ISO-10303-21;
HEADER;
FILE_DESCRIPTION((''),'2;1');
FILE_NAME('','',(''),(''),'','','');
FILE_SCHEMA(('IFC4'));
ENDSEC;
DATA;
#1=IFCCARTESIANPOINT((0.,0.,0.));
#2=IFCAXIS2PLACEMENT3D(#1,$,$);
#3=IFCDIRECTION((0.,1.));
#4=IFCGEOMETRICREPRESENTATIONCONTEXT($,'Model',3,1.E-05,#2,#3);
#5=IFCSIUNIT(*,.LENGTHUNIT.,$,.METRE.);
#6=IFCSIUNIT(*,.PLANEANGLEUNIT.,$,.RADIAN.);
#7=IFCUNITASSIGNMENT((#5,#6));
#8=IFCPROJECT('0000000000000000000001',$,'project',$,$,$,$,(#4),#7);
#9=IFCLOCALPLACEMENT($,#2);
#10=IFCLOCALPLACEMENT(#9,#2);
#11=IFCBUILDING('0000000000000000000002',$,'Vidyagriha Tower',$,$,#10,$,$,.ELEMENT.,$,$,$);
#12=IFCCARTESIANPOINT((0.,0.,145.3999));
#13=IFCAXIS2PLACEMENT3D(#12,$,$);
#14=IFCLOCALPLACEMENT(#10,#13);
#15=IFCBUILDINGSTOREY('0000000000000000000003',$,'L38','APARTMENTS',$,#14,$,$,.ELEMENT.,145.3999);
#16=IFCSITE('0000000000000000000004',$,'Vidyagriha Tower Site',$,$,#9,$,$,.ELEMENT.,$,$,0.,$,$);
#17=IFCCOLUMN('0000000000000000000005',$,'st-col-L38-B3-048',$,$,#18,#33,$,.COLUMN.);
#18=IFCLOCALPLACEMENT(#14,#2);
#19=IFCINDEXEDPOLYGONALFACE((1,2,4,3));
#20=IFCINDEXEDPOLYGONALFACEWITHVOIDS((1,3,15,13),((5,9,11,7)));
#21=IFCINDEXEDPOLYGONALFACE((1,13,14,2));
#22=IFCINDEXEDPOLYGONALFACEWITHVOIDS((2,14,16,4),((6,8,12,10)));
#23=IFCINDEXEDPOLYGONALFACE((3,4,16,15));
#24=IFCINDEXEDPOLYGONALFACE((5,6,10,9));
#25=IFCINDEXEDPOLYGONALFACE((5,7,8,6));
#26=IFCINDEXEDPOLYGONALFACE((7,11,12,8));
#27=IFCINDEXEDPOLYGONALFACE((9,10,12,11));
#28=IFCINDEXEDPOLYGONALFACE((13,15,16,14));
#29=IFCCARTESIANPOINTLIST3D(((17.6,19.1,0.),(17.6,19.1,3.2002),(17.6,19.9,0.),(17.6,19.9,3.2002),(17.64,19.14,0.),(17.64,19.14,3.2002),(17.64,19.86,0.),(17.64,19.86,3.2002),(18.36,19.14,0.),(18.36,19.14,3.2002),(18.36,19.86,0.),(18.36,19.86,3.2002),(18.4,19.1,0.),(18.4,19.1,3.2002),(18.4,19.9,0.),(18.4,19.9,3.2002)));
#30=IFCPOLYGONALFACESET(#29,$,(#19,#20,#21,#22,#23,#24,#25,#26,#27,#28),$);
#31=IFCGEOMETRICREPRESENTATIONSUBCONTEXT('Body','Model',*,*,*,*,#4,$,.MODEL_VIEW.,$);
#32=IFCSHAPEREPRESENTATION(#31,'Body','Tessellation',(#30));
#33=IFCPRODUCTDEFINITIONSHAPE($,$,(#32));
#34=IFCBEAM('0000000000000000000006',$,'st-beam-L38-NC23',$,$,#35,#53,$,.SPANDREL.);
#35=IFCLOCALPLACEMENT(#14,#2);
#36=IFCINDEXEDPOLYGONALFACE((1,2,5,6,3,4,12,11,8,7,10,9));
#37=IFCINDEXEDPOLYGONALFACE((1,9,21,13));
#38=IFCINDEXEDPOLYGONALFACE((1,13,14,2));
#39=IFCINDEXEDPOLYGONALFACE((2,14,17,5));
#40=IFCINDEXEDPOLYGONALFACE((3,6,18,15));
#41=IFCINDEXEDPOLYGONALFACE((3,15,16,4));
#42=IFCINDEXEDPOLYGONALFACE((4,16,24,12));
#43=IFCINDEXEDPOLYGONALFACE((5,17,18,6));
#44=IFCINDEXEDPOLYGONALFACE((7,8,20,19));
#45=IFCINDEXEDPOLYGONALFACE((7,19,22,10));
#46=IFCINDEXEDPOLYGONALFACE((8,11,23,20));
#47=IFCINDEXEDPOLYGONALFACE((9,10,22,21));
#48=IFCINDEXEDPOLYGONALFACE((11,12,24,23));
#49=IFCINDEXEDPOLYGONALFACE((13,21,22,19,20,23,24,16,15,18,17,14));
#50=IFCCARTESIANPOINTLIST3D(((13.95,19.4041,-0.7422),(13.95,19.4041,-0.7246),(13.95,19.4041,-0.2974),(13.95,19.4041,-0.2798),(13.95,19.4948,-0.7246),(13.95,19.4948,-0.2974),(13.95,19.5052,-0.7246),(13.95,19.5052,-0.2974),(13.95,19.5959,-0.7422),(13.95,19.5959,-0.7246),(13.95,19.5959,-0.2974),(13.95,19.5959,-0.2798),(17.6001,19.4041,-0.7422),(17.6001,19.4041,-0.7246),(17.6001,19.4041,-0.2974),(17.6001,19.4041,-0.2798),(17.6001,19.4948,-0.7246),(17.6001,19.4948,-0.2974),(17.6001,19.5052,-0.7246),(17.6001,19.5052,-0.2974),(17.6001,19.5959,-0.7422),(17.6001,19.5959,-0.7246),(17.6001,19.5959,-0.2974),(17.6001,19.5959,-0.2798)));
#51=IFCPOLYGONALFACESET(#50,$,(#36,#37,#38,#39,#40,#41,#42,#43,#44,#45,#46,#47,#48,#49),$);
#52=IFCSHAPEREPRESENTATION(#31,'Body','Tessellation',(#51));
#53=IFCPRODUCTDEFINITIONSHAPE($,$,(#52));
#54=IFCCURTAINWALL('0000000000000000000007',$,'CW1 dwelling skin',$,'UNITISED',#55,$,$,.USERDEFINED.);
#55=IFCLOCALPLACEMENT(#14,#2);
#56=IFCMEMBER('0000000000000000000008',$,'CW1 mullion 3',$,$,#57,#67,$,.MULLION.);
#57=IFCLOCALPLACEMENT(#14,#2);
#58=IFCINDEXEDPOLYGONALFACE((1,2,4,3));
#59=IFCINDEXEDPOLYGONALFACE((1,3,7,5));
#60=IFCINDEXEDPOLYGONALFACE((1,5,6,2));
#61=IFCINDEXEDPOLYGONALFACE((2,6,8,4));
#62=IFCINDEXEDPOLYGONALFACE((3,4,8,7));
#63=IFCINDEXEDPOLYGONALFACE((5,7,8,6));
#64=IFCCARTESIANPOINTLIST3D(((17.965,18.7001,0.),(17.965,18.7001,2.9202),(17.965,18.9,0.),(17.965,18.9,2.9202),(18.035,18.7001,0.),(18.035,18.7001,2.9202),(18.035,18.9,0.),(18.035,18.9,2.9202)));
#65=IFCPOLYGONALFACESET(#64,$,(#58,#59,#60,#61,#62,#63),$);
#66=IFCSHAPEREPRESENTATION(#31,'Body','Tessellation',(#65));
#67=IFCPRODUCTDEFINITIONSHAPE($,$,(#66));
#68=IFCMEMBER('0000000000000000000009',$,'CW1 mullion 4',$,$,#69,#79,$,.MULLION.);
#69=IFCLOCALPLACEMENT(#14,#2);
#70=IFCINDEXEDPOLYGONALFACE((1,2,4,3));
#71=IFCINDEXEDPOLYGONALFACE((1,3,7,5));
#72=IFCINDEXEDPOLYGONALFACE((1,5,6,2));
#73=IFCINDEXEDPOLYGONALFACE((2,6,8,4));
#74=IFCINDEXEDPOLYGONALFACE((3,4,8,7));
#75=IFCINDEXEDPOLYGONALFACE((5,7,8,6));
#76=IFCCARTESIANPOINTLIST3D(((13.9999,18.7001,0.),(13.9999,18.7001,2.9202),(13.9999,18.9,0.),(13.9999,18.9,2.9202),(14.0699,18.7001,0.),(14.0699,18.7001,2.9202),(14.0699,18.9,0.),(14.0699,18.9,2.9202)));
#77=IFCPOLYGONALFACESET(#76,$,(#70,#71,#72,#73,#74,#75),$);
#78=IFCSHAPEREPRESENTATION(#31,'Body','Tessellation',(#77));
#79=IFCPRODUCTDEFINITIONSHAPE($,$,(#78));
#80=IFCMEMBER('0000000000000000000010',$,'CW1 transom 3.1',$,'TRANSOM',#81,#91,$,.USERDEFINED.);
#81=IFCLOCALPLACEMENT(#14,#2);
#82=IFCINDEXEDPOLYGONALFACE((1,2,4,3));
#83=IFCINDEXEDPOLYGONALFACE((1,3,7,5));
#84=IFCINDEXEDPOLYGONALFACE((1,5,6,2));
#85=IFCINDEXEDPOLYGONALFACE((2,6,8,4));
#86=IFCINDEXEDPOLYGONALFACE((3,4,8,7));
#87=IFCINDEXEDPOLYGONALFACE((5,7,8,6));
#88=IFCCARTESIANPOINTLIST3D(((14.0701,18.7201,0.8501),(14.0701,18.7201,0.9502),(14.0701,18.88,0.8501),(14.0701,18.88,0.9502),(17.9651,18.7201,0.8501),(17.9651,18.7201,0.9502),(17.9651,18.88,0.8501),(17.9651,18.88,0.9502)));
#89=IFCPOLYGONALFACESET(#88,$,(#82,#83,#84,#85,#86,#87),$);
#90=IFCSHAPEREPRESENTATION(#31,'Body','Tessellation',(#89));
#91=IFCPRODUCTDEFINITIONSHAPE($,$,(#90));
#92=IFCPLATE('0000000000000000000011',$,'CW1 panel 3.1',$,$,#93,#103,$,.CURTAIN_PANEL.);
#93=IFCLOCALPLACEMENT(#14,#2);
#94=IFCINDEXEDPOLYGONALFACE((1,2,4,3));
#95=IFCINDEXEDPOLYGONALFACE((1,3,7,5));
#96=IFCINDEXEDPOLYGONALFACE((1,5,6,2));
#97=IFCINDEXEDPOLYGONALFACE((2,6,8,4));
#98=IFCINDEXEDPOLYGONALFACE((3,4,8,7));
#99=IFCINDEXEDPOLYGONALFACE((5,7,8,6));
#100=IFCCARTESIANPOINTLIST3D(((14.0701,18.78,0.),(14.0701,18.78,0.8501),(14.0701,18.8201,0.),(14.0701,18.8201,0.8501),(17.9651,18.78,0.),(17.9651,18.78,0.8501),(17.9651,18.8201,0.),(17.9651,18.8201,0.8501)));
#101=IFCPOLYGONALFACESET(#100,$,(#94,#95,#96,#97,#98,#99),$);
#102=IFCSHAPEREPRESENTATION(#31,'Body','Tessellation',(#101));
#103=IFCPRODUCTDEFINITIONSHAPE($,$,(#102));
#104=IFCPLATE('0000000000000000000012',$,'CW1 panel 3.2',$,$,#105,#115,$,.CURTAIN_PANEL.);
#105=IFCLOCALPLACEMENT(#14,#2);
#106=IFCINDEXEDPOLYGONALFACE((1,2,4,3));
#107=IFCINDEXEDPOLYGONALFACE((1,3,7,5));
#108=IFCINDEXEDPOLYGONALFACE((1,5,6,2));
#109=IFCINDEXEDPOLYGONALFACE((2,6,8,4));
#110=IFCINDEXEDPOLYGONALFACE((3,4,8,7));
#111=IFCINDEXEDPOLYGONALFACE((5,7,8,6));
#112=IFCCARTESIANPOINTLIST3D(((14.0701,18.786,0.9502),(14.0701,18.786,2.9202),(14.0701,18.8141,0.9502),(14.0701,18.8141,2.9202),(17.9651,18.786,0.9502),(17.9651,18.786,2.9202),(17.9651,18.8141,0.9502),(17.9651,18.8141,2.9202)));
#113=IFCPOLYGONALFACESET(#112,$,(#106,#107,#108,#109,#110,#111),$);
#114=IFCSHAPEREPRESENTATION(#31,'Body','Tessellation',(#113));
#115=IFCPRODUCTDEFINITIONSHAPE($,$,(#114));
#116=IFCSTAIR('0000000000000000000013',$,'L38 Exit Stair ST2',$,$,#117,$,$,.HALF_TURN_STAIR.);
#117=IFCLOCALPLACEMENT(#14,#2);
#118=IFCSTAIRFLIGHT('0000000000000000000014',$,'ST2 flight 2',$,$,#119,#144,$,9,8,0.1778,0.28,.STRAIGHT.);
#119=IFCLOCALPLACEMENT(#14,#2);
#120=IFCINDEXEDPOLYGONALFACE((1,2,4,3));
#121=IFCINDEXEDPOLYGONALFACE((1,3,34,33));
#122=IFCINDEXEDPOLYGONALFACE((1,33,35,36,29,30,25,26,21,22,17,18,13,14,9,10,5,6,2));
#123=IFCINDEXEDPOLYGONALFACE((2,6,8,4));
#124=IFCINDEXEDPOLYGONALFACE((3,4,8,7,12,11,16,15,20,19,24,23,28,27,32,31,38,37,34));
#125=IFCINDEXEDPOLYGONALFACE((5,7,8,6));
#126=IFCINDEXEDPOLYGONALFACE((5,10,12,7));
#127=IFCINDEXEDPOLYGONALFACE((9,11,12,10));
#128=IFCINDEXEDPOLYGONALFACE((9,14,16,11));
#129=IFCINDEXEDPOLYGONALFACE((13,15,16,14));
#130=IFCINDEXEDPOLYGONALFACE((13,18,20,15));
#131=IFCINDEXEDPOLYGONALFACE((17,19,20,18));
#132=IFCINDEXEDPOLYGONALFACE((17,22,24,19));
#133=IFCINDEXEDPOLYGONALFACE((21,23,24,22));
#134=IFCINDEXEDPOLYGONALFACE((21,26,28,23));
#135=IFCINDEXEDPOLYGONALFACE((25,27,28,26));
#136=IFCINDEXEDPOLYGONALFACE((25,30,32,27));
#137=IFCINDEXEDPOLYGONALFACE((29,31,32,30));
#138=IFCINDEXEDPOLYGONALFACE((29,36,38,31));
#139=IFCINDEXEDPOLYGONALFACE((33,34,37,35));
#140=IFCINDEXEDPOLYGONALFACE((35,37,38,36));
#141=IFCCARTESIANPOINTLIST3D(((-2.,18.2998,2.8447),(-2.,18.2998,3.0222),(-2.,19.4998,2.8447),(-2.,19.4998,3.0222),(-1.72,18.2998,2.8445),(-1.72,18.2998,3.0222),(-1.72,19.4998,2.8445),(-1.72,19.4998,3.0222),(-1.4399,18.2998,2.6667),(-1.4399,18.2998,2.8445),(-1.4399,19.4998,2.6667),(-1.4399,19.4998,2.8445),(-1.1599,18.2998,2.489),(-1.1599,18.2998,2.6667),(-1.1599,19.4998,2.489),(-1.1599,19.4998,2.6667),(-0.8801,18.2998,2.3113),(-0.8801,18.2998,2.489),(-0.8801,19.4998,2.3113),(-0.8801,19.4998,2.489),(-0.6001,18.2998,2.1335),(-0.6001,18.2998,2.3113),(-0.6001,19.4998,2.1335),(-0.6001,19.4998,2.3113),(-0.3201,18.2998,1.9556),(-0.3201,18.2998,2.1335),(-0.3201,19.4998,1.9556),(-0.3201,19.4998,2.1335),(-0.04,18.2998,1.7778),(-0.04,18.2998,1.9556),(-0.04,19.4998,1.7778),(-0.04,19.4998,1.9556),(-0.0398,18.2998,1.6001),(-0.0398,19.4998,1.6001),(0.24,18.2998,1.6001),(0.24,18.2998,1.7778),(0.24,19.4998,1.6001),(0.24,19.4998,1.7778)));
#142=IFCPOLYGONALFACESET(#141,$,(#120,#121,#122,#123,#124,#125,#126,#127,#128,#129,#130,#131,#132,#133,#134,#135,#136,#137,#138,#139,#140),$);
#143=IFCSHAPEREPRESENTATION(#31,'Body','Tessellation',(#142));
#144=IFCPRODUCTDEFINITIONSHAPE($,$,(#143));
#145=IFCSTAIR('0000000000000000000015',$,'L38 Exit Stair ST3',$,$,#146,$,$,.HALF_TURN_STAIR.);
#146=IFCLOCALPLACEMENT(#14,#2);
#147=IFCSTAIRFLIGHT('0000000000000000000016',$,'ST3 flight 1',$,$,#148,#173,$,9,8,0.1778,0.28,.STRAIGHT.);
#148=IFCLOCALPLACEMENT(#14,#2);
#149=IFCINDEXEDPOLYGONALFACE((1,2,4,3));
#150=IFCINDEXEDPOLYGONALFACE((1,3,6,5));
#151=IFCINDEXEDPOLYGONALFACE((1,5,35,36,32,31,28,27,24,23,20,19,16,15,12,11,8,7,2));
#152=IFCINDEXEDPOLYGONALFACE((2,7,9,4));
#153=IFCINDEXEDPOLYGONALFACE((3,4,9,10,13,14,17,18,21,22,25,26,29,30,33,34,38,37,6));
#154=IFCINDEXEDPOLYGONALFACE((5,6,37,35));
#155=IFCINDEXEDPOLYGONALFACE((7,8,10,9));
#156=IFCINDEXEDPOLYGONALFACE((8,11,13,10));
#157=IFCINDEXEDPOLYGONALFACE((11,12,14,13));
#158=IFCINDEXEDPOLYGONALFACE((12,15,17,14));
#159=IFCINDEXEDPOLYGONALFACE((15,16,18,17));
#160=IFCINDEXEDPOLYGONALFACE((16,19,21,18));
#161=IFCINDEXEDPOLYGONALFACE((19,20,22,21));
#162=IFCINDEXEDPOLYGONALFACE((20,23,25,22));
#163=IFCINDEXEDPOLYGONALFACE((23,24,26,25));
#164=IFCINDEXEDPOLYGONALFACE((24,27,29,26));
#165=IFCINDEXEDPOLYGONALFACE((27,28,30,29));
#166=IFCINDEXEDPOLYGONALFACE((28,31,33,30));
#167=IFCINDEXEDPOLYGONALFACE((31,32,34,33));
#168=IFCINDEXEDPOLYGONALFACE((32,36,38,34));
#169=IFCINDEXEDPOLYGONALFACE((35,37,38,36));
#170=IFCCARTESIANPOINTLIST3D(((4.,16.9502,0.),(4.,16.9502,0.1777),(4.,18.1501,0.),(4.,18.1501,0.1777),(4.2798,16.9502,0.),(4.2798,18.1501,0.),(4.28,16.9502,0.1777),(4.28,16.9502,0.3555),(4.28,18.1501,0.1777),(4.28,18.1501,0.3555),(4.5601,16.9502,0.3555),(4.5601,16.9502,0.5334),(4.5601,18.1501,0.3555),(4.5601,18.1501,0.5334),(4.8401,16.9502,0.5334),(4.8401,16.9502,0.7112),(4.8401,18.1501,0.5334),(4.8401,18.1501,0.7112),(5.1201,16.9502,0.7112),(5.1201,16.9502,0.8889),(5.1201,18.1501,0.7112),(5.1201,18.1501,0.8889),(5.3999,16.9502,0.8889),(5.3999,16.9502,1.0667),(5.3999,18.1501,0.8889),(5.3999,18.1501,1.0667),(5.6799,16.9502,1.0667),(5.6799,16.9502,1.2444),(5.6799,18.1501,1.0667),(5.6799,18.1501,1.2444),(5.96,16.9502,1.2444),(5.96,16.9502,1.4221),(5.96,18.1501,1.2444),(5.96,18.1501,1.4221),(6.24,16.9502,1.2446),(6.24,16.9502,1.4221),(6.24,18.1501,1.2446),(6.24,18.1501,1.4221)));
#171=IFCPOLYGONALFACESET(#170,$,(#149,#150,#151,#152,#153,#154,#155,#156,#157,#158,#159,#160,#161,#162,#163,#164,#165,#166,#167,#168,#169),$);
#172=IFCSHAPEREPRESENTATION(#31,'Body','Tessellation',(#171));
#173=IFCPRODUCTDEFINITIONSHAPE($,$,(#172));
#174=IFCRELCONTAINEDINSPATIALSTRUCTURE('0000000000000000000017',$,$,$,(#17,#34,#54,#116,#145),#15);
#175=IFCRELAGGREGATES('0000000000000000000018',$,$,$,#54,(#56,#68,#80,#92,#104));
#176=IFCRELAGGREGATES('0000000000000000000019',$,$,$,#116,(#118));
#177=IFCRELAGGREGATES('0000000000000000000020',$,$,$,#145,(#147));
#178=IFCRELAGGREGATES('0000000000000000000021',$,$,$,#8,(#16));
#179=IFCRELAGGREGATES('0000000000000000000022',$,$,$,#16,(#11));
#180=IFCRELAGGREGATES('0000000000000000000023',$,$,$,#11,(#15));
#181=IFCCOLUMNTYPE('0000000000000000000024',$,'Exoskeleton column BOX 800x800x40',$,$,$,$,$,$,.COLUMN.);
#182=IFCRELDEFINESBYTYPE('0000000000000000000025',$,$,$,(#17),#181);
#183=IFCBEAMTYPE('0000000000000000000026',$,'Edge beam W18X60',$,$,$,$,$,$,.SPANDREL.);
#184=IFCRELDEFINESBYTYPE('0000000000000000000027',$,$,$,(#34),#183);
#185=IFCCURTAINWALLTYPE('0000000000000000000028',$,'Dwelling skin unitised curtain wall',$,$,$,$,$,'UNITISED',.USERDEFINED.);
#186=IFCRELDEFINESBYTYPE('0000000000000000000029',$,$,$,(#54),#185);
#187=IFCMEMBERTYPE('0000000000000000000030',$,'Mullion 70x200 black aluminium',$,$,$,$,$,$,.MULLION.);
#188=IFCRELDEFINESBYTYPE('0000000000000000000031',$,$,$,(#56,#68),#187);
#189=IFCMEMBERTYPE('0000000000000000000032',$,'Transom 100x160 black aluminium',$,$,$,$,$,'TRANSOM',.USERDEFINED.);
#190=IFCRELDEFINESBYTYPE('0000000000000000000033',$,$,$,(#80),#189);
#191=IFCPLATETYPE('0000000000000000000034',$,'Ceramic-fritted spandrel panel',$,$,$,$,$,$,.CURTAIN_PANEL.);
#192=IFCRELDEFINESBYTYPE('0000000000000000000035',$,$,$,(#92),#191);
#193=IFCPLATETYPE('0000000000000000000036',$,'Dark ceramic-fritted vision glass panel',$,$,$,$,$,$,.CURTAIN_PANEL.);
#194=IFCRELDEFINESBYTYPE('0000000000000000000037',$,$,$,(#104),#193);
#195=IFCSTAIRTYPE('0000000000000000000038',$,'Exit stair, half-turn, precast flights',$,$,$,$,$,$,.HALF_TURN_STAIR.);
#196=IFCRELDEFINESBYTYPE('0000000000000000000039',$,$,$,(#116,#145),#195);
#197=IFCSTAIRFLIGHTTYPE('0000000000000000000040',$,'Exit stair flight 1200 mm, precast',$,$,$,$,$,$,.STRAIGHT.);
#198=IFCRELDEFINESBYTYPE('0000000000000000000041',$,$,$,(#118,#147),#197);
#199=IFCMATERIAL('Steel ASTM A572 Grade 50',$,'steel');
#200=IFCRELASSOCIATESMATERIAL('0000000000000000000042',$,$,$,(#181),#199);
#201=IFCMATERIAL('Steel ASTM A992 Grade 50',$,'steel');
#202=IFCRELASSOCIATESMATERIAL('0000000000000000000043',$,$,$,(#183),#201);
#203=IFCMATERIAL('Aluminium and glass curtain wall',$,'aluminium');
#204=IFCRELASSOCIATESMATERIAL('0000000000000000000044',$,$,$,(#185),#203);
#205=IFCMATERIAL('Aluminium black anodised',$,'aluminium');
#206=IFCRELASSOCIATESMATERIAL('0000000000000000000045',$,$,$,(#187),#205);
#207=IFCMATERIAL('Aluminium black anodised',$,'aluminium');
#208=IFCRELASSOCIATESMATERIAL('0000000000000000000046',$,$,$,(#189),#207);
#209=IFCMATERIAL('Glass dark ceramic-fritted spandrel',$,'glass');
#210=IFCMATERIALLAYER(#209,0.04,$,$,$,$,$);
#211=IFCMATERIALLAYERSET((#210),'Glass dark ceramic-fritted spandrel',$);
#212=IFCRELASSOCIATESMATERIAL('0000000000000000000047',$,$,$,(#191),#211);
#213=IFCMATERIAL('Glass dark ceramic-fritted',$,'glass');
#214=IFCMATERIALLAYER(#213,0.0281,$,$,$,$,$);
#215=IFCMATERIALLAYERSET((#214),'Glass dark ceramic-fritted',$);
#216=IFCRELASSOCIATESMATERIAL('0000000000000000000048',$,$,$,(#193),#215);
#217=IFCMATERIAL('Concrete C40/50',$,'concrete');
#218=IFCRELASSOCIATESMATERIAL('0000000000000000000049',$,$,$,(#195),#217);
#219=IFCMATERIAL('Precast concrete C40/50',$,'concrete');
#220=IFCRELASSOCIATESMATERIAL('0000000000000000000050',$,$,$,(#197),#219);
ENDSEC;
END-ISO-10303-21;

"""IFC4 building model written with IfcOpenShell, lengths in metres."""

from ifc_helpers import new_model, si_unit, direction, frame, origin, origin_2d, place, context, subcontext, project, spatial, polyline, rectangle, hollow_rectangle, i_section, outline, extrude, material, layer, layer_set, material_profile, profile_set, type_object, element, aggregate, save


model = new_model("IFC4")

# Units and contexts
model_context = context("Model", 3, precision=1e-05, world=origin(), true_north=direction((0.0, 1.0)))
body_context = subcontext(model_context, "Body", "Model", "MODEL_VIEW")
ifc_project = project(units=[si_unit("LENGTHUNIT", "METRE"), si_unit("PLANEANGLEUNIT", "RADIAN")], contexts=[model_context])

# Site, building, storey
site_placement = place(None, origin())
site = spatial("IfcSite", under=ifc_project, at=site_placement, Name="Vidyagriha Tower Site", CompositionType="ELEMENT", RefElevation=0.0)
building_placement = place(site_placement, origin())
building = spatial("IfcBuilding", under=site, at=building_placement, Name="Vidyagriha Tower", CompositionType="ELEMENT")
storey_placement = place(building_placement, frame((0.0, 0.0, 145.3999)))
storey = spatial("IfcBuildingStorey", under=building, at=storey_placement, Name="L38", Description="APARTMENTS", CompositionType="ELEMENT", Elevation=145.3999)

# Column
ifc_material_1 = material(Name="Steel ASTM A572 Grade 50", Category="steel")
ifc_material_profile_1 = material_profile(ifc_material_1, hollow_rectangle(XDim=0.8, YDim=0.8, WallThickness=0.04, at=origin_2d()), Name="BOX 800x800x40")
ifc_profile_set_1 = profile_set([ifc_material_profile_1], Name="Steel ASTM A572 Grade 50")
column_type = type_object("IfcColumnType", Name="Exoskeleton column BOX 800x800x40", PredefinedType="COLUMN", material=ifc_profile_set_1)
column_placement = place(storey_placement, frame((18.0, 19.5, 0.0)))
element("IfcColumn", 1, at=column_placement, inside=storey, type_object=column_type, Name="st-col-L38-B3-048", PredefinedType="COLUMN", context=body_context, shape_type="SweptSolid", body=[
    extrude(hollow_rectangle(XDim=0.8, YDim=0.8, WallThickness=0.04, at=origin_2d()), origin(), (0.0, 0.0, 1.0), 3.2002),
])

# Beam
ifc_material_2 = material(Name="Steel ASTM A992 Grade 50", Category="steel")
ifc_material_profile_2 = material_profile(ifc_material_2, i_section(OverallWidth=0.1919, OverallDepth=0.4624, WebThickness=0.0105, FlangeThickness=0.0176, at=origin_2d()), Name="W18X60")
ifc_profile_set_2 = profile_set([ifc_material_profile_2], Name="Steel ASTM A992 Grade 50")
beam_type = type_object("IfcBeamType", Name="Edge beam W18X60", PredefinedType="SPANDREL", material=ifc_profile_set_2)
beam_placement = place(storey_placement, frame((13.95, 19.5, -0.511), z_axis=(1.0, 0.0, 0.0), x_axis=(0.0, 1.0, 0.0)))
element("IfcBeam", 2, at=beam_placement, inside=storey, type_object=beam_type, Name="st-beam-L38-NC23", PredefinedType="SPANDREL", context=body_context, shape_type="SweptSolid", body=[
    extrude(i_section(OverallWidth=0.1919, OverallDepth=0.4624, WebThickness=0.0105, FlangeThickness=0.0176, at=origin_2d()), origin(), (0.0, 0.0, 1.0), 3.6501),
])

# Curtain wall, members, plates
ifc_material_3 = material(Name="Aluminium and glass curtain wall", Category="aluminium")
curtain_wall_type = type_object("IfcCurtainWallType", Name="Dwelling skin unitised curtain wall", ElementType="UNITISED", PredefinedType="USERDEFINED", material=ifc_material_3)
curtain_wall_placement = place(storey_placement, origin())
curtain_wall = element("IfcCurtainWall", 3, at=curtain_wall_placement, inside=storey, type_object=curtain_wall_type, Name="CW1 dwelling skin", ObjectType="UNITISED", PredefinedType="USERDEFINED")
ifc_material_4 = material(Name="Aluminium black anodised", Category="aluminium")
ifc_material_profile_3 = material_profile(ifc_material_4, rectangle(XDim=0.2, YDim=0.0701, at=origin_2d()), Name="Mullion 70x200 black aluminium")
ifc_profile_set_3 = profile_set([ifc_material_profile_3], Name="Aluminium black anodised")
member_type_1 = type_object("IfcMemberType", Name="Mullion 70x200 black aluminium", PredefinedType="MULLION", material=ifc_profile_set_3)
member_1_placement = place(storey_placement, frame((18.0, 18.8, 0.0), z_axis=(0.0, 0.0, 1.0), x_axis=(0.0, -1.0, 0.0)))
member_1 = element("IfcMember", 4, at=member_1_placement, type_object=member_type_1, Name="CW1 mullion 3", PredefinedType="MULLION", context=body_context, shape_type="SweptSolid", body=[
    extrude(rectangle(XDim=0.2, YDim=0.0701, at=origin_2d()), origin(), (0.0, 0.0, 1.0), 2.9202),
])
member_2_placement = place(storey_placement, frame((14.0349, 18.8, 0.0), z_axis=(0.0, 0.0, 1.0), x_axis=(0.0, -1.0, 0.0)))
member_2 = element("IfcMember", 5, at=member_2_placement, type_object=member_type_1, Name="CW1 mullion 4", PredefinedType="MULLION", context=body_context, shape_type="SweptSolid", body=[
    extrude(rectangle(XDim=0.2, YDim=0.0701, at=origin_2d()), origin(), (0.0, 0.0, 1.0), 2.9202),
])
ifc_material_5 = material(Name="Aluminium black anodised", Category="aluminium")
ifc_material_profile_4 = material_profile(ifc_material_5, rectangle(XDim=0.1599, YDim=0.1001, at=origin_2d()), Name="Transom 100x160 black aluminium")
ifc_profile_set_4 = profile_set([ifc_material_profile_4], Name="Aluminium black anodised")
member_type_2 = type_object("IfcMemberType", Name="Transom 100x160 black aluminium", ElementType="TRANSOM", PredefinedType="USERDEFINED", material=ifc_profile_set_4)
member_3_placement = place(storey_placement, frame((17.9651, 18.8, 0.9001), z_axis=(-1.0, 0.0, 0.0), x_axis=(0.0, -1.0, 0.0)))
member_3 = element("IfcMember", 6, at=member_3_placement, type_object=member_type_2, Name="CW1 transom 3.1", ObjectType="TRANSOM", PredefinedType="USERDEFINED", context=body_context, shape_type="SweptSolid", body=[
    extrude(rectangle(XDim=0.1599, YDim=0.1001, at=origin_2d()), origin(), (0.0, 0.0, 1.0), 3.895),
])
ifc_material_6 = material(Name="Glass dark ceramic-fritted spandrel", Category="glass")
ifc_layer_1 = layer(ifc_material_6, 0.04)
ifc_layer_set_1 = layer_set([ifc_layer_1], Name="Glass dark ceramic-fritted spandrel")
plate_type_1 = type_object("IfcPlateType", Name="Ceramic-fritted spandrel panel", PredefinedType="CURTAIN_PANEL", material=ifc_layer_set_1)
plate_1_placement = place(storey_placement, frame((16.0176, 18.8, 0.0), z_axis=(0.0, 0.0, 1.0), x_axis=(-1.0, 0.0, 0.0)))
plate_1 = element("IfcPlate", 7, at=plate_1_placement, type_object=plate_type_1, Name="CW1 panel 3.1", PredefinedType="CURTAIN_PANEL", context=body_context, shape_type="SweptSolid", body=[
    extrude(rectangle(XDim=3.895, YDim=0.04, at=origin_2d()), origin(), (0.0, 0.0, 1.0), 0.8501),
])
ifc_material_7 = material(Name="Glass dark ceramic-fritted", Category="glass")
ifc_layer_2 = layer(ifc_material_7, 0.0281)
ifc_layer_set_2 = layer_set([ifc_layer_2], Name="Glass dark ceramic-fritted")
plate_type_2 = type_object("IfcPlateType", Name="Dark ceramic-fritted vision glass panel", PredefinedType="CURTAIN_PANEL", material=ifc_layer_set_2)
plate_2_placement = place(storey_placement, frame((16.0176, 18.8, 0.9502), z_axis=(0.0, 0.0, 1.0), x_axis=(-1.0, 0.0, 0.0)))
plate_2 = element("IfcPlate", 8, at=plate_2_placement, type_object=plate_type_2, Name="CW1 panel 3.2", PredefinedType="CURTAIN_PANEL", context=body_context, shape_type="SweptSolid", body=[
    extrude(rectangle(XDim=3.895, YDim=0.0281, at=origin_2d()), origin(), (0.0, 0.0, 1.0), 1.97),
])
aggregate(curtain_wall, [member_1, member_2, member_3, plate_1, plate_2])

# Stair, stair flight
ifc_material_8 = material(Name="Concrete C40/50", Category="concrete")
stair_type = type_object("IfcStairType", Name="Exit stair, half-turn, precast flights", PredefinedType="HALF_TURN_STAIR", material=ifc_material_8)
stair_1_placement = place(storey_placement, origin())
stair_1 = element("IfcStair", 9, at=stair_1_placement, inside=storey, type_object=stair_type, Name="L38 Exit Stair ST2", PredefinedType="HALF_TURN_STAIR")
ifc_material_9 = material(Name="Precast concrete C40/50", Category="concrete")
stair_flight_type = type_object("IfcStairFlightType", Name="Exit stair flight 1200 mm, precast", PredefinedType="STRAIGHT", material=ifc_material_9)
stair_flight_1_placement = place(storey_placement, frame((0.24, 18.8999, 1.6001), z_axis=(0.0, 0.0, 1.0), x_axis=(-1.0, 0.0, 0.0)))
stair_flight_1 = element("IfcStairFlight", 10, at=stair_flight_1_placement, type_object=stair_flight_type, Name="ST2 flight 2", NumberOfRisers=9, NumberOfTreads=8, PredefinedType="STRAIGHT", RiserHeight=0.1778, TreadLength=0.28, context=body_context, shape_type="SweptSolid", body=[
    extrude(outline(polyline([(0.0, 0.0), (0.0, 0.1777), (0.28, 0.1777), (0.28, 0.3555), (0.5601, 0.3555), (0.5601, 0.5334), (0.8401, 0.5334), (0.8401, 0.7112), (1.1201, 0.7112), (1.1201, 0.8889), (1.3999, 0.8889), (1.3999, 1.0667), (1.6799, 1.0667), (1.6799, 1.2444), (1.96, 1.2444), (1.96, 1.4221), (2.24, 1.4221), (2.24, 1.6001), (2.24, 1.2446), (0.2798, 0.0), (0.0, 0.0)])), frame((0.0, 0.6001, 0.0), z_axis=(0.0, -1.0, 0.0), x_axis=(1.0, 0.0, 0.0)), (0.0, 0.0, 1.0), 1.2),
])
aggregate(stair_1, [stair_flight_1])

# Stair, stair flight
stair_2_placement = place(storey_placement, origin())
stair_2 = element("IfcStair", 11, at=stair_2_placement, inside=storey, type_object=stair_type, Name="L38 Exit Stair ST3", PredefinedType="HALF_TURN_STAIR")
stair_flight_2_placement = place(storey_placement, frame((4.0, 17.55, 0.0)))
stair_flight_2 = element("IfcStairFlight", 12, at=stair_flight_2_placement, type_object=stair_flight_type, Name="ST3 flight 1", NumberOfRisers=9, NumberOfTreads=8, PredefinedType="STRAIGHT", RiserHeight=0.1778, TreadLength=0.28, context=body_context, shape_type="SweptSolid", body=[
    extrude(outline(polyline([(0.0, 0.0), (0.0, 0.1777), (0.28, 0.1777), (0.28, 0.3555), (0.5601, 0.3555), (0.5601, 0.5334), (0.8401, 0.5334), (0.8401, 0.7112), (1.1201, 0.7112), (1.1201, 0.8889), (1.3999, 0.8889), (1.3999, 1.0667), (1.6799, 1.0667), (1.6799, 1.2444), (1.96, 1.2444), (1.96, 1.4221), (2.24, 1.4221), (2.24, 1.6001), (2.24, 1.2446), (0.2798, 0.0), (0.0, 0.0)])), frame((0.0, 0.6001, 0.0), z_axis=(0.0, -1.0, 0.0), x_axis=(1.0, 0.0, 0.0)), (0.0, 0.0, 1.0), 1.2),
])
aggregate(stair_2, [stair_flight_2])

save(model, "model.ifc")
